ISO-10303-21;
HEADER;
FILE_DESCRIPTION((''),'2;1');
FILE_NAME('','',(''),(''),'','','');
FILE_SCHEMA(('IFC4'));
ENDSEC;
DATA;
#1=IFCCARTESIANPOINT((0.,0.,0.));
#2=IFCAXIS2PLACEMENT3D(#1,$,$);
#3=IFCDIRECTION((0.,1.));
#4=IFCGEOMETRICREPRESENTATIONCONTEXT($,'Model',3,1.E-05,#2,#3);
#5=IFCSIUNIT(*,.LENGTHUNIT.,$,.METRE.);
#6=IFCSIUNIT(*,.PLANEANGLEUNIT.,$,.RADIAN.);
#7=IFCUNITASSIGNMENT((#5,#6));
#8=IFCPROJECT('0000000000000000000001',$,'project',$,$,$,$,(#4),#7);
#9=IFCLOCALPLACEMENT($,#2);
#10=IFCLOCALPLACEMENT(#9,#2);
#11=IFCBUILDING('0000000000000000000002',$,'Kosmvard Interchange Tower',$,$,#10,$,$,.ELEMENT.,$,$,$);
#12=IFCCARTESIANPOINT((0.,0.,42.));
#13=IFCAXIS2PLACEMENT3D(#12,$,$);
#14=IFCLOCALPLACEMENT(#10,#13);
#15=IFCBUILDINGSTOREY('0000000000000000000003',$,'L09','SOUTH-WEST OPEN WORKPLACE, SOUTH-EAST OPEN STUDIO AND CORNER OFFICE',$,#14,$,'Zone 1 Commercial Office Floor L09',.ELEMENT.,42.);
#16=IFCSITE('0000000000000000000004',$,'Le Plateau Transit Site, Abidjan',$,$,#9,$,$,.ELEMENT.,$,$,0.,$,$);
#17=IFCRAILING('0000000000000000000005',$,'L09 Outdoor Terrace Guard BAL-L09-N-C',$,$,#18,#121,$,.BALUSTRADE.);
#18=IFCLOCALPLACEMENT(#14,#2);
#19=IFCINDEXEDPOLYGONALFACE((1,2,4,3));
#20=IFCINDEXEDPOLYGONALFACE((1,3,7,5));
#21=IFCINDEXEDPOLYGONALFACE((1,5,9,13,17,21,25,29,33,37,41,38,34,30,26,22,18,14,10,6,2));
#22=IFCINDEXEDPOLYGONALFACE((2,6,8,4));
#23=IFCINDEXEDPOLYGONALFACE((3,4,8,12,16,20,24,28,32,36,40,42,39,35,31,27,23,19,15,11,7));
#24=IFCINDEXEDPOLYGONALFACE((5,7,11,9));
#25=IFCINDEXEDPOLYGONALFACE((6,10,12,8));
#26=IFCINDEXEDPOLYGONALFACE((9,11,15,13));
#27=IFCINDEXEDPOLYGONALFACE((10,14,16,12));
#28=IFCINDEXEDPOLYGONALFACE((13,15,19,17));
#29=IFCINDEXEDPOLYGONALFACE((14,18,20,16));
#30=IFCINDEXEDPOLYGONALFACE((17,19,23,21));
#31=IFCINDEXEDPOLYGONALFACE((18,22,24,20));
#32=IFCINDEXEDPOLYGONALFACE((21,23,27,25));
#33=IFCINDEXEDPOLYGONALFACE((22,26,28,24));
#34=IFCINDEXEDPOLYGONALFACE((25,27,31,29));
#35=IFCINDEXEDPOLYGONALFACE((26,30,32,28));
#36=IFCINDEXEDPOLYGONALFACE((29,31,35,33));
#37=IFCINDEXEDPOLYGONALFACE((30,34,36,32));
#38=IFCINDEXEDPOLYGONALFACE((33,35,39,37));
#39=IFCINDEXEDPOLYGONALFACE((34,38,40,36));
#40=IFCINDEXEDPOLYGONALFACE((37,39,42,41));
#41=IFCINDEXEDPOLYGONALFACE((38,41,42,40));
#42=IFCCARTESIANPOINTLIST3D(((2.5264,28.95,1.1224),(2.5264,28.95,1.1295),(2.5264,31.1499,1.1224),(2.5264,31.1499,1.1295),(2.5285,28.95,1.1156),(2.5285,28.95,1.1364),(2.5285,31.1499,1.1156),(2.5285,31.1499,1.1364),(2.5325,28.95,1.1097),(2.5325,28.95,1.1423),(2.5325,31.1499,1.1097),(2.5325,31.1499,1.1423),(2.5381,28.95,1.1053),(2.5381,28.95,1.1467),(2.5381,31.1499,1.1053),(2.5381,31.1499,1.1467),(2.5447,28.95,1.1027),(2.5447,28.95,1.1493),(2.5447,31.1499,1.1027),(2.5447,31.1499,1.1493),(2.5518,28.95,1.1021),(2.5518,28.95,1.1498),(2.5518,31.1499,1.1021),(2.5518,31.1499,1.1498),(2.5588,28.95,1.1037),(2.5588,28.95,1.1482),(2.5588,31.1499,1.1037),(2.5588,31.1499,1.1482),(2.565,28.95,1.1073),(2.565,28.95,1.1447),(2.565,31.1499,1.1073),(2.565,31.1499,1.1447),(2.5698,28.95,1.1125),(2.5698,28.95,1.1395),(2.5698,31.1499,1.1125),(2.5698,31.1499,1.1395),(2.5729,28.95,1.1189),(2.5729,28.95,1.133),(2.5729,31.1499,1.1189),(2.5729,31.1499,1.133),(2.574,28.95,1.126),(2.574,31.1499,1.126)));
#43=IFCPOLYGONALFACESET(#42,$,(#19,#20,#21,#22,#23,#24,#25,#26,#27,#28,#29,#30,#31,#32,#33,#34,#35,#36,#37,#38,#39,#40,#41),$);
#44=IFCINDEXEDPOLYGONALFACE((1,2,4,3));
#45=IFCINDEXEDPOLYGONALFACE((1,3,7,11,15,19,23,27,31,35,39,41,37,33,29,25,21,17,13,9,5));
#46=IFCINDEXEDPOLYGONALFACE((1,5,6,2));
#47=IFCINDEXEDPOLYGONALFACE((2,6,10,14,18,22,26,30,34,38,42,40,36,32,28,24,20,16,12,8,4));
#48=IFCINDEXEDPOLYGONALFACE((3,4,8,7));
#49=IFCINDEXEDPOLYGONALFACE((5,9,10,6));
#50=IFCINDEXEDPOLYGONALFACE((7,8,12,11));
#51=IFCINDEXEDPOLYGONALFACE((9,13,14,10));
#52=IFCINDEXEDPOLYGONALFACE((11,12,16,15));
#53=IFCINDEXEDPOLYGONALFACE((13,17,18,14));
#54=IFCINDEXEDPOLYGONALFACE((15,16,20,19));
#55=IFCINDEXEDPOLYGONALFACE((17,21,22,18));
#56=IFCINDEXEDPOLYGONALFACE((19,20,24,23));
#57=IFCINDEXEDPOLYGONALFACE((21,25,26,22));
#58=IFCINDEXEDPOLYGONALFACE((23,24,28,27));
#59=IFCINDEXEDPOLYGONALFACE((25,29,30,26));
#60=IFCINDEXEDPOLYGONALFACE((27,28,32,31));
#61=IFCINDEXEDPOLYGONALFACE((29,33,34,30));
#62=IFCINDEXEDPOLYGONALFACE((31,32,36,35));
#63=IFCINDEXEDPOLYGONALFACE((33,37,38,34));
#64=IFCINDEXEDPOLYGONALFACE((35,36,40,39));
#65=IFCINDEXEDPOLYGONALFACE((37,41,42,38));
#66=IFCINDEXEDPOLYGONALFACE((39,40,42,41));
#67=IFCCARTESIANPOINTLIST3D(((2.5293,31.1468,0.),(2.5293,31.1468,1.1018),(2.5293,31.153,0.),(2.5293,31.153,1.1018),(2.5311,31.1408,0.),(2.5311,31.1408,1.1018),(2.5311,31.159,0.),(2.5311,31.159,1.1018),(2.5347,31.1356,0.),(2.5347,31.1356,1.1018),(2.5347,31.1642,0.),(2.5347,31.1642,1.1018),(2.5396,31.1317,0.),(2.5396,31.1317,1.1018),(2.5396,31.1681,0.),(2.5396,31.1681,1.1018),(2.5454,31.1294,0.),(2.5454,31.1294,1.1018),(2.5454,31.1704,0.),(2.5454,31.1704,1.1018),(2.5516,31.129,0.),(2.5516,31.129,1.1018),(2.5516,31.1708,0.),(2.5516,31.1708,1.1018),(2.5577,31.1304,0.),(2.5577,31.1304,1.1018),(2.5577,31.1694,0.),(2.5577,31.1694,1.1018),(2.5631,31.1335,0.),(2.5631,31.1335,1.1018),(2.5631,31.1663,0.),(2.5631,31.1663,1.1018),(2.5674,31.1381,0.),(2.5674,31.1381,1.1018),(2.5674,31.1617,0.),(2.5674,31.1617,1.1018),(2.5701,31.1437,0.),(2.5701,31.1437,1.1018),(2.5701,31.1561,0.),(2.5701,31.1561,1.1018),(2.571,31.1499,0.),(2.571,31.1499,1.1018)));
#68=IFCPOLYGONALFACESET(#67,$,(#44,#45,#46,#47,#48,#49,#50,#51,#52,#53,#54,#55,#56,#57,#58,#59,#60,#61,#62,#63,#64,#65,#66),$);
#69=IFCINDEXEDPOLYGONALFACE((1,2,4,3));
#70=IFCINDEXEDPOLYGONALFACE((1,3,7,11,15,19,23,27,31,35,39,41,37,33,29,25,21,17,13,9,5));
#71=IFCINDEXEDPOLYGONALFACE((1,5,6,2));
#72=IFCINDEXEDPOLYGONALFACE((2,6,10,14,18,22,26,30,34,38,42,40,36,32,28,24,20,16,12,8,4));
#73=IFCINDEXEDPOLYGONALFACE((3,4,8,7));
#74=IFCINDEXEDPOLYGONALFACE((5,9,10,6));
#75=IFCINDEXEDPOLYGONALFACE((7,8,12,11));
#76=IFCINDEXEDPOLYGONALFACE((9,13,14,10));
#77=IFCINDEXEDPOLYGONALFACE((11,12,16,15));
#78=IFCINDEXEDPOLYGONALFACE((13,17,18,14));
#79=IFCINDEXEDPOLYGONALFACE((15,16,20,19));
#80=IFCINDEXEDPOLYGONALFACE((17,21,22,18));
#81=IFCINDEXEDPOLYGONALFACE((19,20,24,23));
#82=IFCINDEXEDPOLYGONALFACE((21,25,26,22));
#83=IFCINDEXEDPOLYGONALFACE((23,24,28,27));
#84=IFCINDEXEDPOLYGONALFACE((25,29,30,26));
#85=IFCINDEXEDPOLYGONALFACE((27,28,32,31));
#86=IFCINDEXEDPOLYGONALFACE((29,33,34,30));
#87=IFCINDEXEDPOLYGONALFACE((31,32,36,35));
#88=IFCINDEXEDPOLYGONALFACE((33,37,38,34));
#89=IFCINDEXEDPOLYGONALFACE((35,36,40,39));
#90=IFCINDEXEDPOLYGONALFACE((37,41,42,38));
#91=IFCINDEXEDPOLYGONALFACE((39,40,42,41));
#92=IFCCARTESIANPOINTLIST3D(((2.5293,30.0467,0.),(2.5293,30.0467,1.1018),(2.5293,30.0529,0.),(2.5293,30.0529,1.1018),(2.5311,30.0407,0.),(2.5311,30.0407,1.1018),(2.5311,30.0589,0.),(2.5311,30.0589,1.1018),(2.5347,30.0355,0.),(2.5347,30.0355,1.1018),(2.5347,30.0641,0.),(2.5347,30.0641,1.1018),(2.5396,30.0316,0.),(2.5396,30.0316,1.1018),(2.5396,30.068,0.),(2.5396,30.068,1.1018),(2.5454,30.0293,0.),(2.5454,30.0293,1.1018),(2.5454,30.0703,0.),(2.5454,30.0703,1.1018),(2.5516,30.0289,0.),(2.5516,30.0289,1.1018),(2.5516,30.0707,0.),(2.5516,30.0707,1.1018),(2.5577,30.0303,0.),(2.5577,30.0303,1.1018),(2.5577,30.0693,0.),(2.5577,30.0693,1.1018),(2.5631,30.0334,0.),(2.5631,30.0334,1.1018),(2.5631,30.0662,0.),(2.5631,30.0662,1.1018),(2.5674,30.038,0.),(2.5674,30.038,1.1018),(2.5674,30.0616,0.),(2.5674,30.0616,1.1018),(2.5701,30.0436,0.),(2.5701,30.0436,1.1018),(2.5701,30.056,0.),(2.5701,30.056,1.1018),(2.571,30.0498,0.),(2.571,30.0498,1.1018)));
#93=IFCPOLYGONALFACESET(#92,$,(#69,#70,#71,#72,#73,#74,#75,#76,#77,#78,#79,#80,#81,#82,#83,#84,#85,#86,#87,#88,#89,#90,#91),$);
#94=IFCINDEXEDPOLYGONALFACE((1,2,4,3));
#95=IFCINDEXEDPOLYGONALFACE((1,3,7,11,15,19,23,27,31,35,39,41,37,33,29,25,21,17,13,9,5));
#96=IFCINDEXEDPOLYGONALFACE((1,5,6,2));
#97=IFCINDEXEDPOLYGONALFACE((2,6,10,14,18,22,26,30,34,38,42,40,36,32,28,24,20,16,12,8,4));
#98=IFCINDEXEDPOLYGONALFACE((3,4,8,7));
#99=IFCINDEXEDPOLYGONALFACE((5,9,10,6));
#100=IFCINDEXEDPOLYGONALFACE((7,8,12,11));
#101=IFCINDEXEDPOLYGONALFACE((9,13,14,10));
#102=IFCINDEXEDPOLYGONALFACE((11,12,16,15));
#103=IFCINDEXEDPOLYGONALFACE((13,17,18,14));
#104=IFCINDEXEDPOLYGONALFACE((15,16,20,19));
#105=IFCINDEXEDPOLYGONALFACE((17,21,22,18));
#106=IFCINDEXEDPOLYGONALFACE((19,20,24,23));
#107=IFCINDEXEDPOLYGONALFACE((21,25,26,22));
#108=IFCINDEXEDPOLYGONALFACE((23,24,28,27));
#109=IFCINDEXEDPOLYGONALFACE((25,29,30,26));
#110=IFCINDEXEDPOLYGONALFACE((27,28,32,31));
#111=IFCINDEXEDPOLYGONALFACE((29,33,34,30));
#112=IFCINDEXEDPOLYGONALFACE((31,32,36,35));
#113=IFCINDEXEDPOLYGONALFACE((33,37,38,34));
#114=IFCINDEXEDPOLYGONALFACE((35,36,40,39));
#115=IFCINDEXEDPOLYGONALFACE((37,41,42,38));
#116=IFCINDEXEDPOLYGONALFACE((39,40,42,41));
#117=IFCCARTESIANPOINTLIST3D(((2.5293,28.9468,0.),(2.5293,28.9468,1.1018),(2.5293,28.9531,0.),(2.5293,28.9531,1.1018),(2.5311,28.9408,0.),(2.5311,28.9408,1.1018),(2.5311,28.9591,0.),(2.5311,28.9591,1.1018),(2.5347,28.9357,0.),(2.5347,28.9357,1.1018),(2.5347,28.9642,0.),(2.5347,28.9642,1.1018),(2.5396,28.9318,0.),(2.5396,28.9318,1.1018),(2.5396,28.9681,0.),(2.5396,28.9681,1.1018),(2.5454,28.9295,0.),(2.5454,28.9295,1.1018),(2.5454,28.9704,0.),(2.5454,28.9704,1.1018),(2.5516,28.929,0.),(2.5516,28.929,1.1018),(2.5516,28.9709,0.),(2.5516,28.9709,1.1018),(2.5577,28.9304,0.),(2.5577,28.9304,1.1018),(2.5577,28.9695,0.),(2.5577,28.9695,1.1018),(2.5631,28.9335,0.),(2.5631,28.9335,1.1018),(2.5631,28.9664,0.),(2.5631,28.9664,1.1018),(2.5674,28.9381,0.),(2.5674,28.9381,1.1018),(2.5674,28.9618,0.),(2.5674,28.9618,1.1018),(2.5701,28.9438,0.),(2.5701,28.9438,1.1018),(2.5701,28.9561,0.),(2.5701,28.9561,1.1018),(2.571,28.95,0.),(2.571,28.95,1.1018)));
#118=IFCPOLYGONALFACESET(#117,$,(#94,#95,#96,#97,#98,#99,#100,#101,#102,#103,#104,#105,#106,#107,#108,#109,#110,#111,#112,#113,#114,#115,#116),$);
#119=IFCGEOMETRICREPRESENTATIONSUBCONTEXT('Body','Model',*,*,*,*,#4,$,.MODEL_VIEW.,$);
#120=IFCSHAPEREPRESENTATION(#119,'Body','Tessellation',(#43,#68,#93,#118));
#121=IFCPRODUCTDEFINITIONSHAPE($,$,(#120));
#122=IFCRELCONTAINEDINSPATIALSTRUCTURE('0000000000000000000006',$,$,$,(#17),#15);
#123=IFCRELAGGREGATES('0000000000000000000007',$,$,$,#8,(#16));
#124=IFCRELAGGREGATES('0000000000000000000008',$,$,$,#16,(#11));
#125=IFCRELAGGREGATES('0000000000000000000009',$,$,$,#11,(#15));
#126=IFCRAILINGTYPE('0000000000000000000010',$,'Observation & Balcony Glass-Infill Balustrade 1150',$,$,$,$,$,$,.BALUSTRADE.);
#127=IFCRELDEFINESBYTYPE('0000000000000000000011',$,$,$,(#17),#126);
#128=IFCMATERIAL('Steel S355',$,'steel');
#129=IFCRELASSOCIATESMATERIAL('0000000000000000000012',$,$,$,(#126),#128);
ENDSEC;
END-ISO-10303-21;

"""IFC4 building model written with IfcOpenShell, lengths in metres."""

from ifc_helpers import new_model, si_unit, direction, frame, origin, origin_2d, place, context, subcontext, project, spatial, circle, extrude, source, transform, mapped, material, type_object, element, save


model = new_model("IFC4")

# Units and contexts
model_context = context("Model", 3, precision=1e-05, world=origin(), true_north=direction((0.0, 1.0)))
body_context = subcontext(model_context, "Body", "Model", "MODEL_VIEW")
ifc_project = project(units=[si_unit("LENGTHUNIT", "METRE"), si_unit("PLANEANGLEUNIT", "RADIAN")], contexts=[model_context])

# Site, building, storey
site_placement = place(None, origin())
site = spatial("IfcSite", under=ifc_project, at=site_placement, Name="Le Plateau Transit Site, Abidjan", CompositionType="ELEMENT", RefElevation=0.0)
building_placement = place(site_placement, origin())
building = spatial("IfcBuilding", under=site, at=building_placement, Name="Kosmvard Interchange Tower", CompositionType="ELEMENT")
storey_placement = place(building_placement, frame((0.0, 0.0, 42.0)))
storey = spatial("IfcBuildingStorey", under=building, at=storey_placement, Name="L09", Description="SOUTH-WEST OPEN WORKPLACE, SOUTH-EAST OPEN STUDIO AND CORNER OFFICE", LongName="Zone 1 Commercial Office Floor L09", CompositionType="ELEMENT", Elevation=42.0)

# Shared definitions
ifc_material_1 = material(Name="Steel S355", Category="steel")

# Railing
railing_type = type_object("IfcRailingType", Name="Observation & Balcony Glass-Infill Balustrade 1150", PredefinedType="BALUSTRADE", material=ifc_material_1)
shared_shape_1 = source(origin(), body_context, "Body", "SweptSolid", [
    extrude(circle(Radius=0.0239, at=origin_2d()), frame((0.0, 0.0, 1.126), z_axis=(0.0, -1.0, 0.0), x_axis=(1.0, 0.0, 0.0)), (0.0, 0.0, 1.0), 2.2),
    extrude(circle(Radius=0.021, at=origin_2d()), origin(), (0.0, 0.0, 1.0), 1.1018),
    extrude(circle(Radius=0.021, at=origin_2d()), frame((0.0, -1.1001, 0.0)), (0.0, 0.0, 1.0), 1.1018),
    extrude(circle(Radius=0.021, at=origin_2d()), frame((0.0, -2.2, 0.0)), (0.0, 0.0, 1.0), 1.1018),
])
railing_1_placement = place(storey_placement, frame((2.55, 31.1499, 0.0)))
element("IfcRailing", 1, at=railing_1_placement, inside=storey, type_object=railing_type, Name="L09 Outdoor Terrace Guard BAL-L09-N-C", PredefinedType="BALUSTRADE", context=body_context, shape_type="MappedRepresentation", body=[
    mapped(shared_shape_1, transform((0.0, 0.0, 0.0), scale=1.0)),
])

save(model, "model.ifc")
